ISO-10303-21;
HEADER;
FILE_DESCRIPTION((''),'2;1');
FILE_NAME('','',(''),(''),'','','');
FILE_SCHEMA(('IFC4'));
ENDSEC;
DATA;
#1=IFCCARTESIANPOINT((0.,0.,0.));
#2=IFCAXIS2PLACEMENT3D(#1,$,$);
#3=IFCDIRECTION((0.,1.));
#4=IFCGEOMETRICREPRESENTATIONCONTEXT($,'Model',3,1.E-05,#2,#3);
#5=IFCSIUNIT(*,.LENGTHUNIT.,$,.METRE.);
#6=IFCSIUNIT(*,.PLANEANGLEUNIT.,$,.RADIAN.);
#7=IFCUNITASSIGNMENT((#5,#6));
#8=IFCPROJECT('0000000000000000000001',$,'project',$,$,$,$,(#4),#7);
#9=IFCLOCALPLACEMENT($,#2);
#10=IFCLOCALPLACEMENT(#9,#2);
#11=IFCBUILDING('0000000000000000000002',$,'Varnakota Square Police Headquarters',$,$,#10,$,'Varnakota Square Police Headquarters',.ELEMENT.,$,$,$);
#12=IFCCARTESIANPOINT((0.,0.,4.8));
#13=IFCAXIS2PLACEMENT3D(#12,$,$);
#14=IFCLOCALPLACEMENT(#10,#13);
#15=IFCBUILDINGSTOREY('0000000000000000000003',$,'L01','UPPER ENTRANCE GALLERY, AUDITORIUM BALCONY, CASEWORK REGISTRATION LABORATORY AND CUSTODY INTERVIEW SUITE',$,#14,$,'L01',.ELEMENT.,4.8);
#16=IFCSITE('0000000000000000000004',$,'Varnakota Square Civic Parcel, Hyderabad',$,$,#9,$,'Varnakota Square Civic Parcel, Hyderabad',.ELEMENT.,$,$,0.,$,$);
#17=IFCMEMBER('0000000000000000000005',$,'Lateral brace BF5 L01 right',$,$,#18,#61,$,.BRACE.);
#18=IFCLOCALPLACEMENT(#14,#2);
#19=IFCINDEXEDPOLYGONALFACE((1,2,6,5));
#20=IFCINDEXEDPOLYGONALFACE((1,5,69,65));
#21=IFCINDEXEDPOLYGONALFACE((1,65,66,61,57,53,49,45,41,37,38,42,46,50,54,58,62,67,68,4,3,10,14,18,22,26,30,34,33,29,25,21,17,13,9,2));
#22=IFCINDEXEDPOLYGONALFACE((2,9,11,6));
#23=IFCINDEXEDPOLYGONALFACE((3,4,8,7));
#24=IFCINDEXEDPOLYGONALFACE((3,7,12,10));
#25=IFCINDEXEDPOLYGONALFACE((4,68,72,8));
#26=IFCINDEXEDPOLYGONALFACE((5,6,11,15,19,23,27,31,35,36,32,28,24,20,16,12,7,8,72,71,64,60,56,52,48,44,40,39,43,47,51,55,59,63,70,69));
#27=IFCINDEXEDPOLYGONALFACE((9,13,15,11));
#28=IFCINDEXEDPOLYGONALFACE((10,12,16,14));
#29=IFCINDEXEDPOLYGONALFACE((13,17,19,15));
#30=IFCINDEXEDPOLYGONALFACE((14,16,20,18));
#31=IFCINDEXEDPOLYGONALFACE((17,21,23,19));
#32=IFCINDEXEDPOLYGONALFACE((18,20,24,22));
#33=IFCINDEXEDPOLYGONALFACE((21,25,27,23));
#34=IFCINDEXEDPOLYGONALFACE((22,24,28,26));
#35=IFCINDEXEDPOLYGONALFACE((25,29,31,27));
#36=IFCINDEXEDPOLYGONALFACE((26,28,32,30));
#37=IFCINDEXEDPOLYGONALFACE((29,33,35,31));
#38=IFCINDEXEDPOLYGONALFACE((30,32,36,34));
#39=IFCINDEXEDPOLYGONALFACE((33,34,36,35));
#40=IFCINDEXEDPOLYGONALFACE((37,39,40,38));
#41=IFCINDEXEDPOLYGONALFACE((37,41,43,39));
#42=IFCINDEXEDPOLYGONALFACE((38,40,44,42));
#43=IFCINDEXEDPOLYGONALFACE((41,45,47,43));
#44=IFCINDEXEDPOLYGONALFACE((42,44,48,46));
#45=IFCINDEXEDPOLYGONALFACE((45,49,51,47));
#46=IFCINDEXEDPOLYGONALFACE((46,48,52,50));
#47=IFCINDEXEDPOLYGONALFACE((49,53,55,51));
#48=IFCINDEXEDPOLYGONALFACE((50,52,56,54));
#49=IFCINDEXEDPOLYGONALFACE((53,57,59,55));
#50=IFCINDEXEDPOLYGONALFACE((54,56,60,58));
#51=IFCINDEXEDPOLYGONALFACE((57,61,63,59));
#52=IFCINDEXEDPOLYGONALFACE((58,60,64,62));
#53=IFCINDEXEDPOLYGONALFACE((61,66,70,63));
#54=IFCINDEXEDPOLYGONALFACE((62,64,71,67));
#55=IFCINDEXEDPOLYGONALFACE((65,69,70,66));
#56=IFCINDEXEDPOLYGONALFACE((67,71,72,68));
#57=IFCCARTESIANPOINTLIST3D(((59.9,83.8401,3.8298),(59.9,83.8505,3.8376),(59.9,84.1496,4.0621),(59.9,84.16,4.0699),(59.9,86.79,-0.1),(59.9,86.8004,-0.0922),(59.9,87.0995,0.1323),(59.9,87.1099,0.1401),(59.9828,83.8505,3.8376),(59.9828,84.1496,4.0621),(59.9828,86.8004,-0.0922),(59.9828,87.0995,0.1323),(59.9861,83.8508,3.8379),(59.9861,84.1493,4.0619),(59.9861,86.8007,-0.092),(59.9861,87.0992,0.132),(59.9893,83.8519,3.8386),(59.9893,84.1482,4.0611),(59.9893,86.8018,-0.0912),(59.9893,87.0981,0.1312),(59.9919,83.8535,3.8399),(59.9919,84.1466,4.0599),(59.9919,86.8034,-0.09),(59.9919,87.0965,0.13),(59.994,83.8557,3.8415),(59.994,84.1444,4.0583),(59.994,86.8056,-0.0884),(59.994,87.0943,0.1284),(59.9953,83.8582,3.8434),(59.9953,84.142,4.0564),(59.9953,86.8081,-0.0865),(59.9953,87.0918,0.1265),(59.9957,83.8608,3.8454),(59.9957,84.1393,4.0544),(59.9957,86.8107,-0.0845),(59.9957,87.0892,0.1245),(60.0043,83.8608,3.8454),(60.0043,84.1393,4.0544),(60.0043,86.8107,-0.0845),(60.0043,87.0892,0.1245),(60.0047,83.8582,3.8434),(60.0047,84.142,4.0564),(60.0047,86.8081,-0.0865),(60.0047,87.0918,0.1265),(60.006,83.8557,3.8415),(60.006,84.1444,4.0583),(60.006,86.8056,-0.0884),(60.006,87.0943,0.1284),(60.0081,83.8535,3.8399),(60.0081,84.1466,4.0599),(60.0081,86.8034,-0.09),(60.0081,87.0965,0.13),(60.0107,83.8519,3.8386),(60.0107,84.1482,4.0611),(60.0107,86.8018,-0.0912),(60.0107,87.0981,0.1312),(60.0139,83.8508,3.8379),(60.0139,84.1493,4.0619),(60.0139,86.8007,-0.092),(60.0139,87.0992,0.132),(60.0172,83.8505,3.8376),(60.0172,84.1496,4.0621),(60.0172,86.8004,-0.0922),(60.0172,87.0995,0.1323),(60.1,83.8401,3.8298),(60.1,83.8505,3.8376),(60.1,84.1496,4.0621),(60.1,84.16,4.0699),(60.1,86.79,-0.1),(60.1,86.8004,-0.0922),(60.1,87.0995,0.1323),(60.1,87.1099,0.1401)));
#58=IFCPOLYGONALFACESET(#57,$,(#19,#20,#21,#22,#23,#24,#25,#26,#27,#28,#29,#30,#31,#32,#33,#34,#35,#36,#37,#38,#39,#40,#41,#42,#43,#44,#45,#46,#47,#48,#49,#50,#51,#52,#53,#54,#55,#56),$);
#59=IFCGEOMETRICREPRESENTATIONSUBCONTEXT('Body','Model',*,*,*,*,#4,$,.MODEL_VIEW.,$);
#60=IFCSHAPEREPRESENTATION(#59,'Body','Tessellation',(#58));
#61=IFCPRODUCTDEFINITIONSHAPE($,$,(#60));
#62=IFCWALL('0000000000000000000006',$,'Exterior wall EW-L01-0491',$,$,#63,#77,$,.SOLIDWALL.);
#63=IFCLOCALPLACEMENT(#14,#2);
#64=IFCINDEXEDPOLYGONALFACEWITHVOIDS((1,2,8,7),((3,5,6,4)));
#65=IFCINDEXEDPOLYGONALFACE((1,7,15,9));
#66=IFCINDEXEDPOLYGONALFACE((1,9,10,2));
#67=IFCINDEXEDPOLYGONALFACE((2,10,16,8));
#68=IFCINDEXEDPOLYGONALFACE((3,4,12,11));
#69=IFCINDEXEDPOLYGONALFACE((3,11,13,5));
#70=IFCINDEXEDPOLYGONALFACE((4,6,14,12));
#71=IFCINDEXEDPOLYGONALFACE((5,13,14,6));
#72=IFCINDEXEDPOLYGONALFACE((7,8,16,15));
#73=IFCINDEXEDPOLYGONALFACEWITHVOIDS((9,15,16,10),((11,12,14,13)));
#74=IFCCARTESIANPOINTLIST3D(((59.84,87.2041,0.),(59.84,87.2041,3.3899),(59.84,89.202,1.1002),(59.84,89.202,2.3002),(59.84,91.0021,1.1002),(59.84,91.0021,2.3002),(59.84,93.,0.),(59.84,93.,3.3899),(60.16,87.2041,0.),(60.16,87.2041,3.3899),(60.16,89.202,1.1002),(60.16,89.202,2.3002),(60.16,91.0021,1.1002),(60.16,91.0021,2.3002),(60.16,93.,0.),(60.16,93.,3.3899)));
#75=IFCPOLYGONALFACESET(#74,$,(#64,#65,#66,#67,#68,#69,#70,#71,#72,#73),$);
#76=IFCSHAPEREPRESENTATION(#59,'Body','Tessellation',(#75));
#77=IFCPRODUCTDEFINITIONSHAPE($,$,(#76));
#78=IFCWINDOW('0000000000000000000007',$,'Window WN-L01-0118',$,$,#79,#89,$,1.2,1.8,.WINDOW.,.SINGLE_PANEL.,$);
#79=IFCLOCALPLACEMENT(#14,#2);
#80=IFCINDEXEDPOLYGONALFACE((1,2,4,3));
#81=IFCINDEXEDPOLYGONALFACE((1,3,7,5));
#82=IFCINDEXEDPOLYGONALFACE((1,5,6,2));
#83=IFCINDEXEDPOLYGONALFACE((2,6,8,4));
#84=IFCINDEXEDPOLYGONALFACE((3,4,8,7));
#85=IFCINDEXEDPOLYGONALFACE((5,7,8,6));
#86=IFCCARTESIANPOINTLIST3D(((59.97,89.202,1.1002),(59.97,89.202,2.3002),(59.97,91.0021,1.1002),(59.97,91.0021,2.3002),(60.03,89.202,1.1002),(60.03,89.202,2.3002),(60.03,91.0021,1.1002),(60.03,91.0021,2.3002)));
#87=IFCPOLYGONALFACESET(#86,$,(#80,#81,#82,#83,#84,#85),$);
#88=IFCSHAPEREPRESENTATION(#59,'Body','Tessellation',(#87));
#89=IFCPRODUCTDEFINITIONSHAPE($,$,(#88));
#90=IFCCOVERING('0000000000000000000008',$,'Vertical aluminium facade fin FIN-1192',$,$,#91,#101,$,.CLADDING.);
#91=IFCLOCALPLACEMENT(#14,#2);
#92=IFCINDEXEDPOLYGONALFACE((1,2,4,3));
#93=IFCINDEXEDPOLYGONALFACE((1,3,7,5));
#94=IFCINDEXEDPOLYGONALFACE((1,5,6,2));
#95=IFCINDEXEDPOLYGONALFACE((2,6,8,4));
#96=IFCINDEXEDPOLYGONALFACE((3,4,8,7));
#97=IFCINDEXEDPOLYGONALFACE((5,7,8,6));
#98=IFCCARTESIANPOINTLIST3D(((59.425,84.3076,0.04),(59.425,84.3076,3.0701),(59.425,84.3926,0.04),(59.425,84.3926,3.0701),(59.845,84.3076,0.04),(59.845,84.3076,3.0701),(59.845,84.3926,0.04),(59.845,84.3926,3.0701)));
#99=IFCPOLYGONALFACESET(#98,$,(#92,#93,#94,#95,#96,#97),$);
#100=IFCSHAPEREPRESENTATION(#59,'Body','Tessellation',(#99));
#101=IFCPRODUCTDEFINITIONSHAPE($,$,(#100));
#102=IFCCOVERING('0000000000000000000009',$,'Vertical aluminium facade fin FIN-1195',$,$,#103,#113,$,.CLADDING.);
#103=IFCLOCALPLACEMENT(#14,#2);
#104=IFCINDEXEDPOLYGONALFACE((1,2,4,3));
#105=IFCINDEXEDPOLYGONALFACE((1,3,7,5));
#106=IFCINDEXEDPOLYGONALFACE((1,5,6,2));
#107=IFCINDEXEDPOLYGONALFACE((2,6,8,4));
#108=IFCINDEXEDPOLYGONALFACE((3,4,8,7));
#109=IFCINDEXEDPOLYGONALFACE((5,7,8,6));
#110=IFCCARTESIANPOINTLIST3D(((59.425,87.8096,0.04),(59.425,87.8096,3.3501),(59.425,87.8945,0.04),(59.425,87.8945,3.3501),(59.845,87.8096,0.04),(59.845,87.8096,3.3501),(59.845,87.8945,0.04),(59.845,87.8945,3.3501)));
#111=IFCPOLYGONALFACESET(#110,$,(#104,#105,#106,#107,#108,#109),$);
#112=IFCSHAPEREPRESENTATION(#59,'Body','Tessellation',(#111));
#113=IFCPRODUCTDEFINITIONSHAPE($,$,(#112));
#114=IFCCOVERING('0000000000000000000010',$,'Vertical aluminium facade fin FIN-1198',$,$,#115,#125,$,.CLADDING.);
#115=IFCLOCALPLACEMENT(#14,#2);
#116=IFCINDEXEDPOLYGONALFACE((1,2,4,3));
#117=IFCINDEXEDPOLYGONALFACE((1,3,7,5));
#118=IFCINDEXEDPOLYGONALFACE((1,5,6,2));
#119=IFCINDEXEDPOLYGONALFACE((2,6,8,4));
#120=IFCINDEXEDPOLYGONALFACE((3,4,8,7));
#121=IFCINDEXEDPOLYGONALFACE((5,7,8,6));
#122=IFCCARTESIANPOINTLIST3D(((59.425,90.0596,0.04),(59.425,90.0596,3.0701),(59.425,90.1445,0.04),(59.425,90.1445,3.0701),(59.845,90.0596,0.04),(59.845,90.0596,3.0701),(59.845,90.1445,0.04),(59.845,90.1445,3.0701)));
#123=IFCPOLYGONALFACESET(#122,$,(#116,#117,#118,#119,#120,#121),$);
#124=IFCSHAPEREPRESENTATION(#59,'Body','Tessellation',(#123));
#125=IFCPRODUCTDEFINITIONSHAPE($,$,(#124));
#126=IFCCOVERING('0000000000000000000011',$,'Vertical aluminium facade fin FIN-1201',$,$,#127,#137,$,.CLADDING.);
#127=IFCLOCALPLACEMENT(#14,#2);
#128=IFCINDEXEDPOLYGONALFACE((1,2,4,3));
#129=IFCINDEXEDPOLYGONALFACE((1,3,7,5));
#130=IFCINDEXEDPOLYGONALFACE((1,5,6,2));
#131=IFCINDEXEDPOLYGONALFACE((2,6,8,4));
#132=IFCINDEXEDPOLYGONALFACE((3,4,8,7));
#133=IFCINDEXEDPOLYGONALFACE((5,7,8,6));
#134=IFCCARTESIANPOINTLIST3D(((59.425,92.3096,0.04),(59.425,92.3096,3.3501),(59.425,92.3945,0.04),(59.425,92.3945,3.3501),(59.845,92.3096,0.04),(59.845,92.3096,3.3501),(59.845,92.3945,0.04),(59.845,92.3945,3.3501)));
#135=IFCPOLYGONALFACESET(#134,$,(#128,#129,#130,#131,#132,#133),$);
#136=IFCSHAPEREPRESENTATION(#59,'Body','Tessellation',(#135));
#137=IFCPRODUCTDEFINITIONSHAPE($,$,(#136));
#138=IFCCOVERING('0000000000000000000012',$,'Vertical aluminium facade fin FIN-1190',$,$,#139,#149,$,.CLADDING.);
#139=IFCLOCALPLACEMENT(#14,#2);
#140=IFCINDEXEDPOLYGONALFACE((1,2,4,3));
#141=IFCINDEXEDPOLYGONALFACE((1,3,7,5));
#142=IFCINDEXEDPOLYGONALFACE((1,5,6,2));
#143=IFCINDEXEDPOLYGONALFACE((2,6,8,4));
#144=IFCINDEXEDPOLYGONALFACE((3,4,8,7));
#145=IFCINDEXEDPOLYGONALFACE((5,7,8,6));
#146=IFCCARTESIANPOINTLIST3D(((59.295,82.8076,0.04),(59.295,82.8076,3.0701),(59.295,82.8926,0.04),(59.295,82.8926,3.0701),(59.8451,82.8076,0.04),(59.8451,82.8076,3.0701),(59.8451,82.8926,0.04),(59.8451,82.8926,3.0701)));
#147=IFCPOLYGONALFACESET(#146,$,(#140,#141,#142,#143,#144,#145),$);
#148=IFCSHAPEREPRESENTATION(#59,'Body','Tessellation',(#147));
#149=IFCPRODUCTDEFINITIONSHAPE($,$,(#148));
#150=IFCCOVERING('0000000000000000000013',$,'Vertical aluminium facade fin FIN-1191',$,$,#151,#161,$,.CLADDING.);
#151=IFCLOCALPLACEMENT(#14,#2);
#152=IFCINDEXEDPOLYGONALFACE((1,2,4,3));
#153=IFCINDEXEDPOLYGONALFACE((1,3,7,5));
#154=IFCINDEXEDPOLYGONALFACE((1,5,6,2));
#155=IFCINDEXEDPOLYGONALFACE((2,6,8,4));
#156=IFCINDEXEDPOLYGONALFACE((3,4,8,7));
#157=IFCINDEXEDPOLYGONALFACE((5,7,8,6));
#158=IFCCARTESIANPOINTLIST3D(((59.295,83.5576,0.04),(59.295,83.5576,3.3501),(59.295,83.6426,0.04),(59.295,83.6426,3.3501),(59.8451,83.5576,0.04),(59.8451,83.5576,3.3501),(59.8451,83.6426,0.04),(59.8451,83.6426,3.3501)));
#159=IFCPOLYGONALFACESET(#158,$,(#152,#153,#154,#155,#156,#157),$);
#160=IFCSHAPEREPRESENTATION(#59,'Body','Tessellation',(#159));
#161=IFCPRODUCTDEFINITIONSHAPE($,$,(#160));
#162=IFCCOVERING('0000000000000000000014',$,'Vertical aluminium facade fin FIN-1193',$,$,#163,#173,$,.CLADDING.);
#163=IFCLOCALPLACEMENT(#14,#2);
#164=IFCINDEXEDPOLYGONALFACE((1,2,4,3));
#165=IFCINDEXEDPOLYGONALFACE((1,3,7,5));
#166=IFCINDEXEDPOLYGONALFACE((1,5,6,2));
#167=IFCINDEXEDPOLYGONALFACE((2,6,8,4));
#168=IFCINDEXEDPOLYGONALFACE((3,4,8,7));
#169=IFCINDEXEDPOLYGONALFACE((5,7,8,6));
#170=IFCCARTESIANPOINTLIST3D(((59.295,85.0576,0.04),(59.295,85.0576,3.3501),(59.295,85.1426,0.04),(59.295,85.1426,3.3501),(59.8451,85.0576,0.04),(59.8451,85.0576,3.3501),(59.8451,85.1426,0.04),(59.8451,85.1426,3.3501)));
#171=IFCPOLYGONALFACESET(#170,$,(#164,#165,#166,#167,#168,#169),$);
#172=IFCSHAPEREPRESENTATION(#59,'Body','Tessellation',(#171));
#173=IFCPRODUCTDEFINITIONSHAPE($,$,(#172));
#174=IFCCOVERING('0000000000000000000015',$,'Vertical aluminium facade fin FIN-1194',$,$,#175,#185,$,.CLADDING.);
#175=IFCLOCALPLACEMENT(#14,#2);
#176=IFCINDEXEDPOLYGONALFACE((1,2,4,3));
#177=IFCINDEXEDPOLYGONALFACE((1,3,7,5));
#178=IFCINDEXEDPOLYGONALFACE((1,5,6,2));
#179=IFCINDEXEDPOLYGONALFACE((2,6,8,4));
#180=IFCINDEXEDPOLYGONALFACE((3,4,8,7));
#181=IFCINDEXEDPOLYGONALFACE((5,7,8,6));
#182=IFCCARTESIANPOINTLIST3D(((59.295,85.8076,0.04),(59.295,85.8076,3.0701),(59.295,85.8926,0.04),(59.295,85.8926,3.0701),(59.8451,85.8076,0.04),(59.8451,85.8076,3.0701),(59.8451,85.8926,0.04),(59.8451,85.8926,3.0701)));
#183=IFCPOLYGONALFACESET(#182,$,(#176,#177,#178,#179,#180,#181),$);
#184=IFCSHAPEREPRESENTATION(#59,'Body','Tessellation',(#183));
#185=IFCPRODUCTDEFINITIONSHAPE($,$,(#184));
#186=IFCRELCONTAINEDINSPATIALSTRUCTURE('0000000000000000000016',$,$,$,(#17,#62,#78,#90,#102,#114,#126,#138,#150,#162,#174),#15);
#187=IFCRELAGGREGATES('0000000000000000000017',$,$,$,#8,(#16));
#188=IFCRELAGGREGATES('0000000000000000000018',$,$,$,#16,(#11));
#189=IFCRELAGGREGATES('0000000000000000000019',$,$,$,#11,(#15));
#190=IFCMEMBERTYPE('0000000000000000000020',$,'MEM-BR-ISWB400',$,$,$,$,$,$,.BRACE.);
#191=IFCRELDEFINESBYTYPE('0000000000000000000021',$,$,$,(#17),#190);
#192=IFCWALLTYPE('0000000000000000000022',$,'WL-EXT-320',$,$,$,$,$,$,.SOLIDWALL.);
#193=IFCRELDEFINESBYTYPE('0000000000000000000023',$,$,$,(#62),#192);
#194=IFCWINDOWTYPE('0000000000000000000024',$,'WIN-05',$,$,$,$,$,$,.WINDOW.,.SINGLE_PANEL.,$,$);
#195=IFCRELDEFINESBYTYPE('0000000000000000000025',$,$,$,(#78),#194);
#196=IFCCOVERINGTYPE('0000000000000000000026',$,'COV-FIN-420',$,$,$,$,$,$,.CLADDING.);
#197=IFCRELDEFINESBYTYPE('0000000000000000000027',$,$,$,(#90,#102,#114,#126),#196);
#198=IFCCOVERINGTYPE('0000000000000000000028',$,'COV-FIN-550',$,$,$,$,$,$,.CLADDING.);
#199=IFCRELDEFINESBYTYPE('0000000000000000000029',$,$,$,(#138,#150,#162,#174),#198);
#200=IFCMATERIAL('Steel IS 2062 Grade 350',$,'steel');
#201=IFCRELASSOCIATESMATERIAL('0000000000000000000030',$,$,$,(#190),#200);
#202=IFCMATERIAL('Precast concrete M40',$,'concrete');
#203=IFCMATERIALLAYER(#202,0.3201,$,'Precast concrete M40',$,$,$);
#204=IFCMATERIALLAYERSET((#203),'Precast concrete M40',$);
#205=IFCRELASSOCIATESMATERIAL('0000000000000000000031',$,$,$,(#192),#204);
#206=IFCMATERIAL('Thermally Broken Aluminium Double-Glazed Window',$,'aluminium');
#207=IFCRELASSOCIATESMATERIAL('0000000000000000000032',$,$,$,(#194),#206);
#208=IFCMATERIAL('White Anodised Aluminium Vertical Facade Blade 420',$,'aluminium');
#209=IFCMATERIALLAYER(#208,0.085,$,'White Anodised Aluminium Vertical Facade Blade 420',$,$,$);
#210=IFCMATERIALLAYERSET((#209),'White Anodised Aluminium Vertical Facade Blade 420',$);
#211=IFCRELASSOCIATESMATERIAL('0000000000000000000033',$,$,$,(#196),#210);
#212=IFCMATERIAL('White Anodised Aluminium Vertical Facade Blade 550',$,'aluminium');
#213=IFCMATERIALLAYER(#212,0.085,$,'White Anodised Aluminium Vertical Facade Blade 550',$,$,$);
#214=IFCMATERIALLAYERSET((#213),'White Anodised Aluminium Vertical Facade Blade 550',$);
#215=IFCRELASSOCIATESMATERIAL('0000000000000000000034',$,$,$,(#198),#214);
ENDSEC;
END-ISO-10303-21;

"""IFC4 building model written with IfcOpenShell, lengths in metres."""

from ifc_helpers import new_model, si_unit, direction, frame, frame_2d, origin, origin_2d, place, context, subcontext, project, spatial, rectangle, i_section, extrude, material, layer, layer_set, material_profile, profile_set, type_object, element, fill, save


model = new_model("IFC4")

# Units and contexts
model_context = context("Model", 3, precision=1e-05, world=origin(), true_north=direction((0.0, 1.0)))
body_context = subcontext(model_context, "Body", "Model", "MODEL_VIEW")
ifc_project = project(units=[si_unit("LENGTHUNIT", "METRE"), si_unit("PLANEANGLEUNIT", "RADIAN")], contexts=[model_context])

# Site, building, storey
site_placement = place(None, origin())
site = spatial("IfcSite", under=ifc_project, at=site_placement, Name="Varnakota Square Civic Parcel, Hyderabad", LongName="Varnakota Square Civic Parcel, Hyderabad", CompositionType="ELEMENT", RefElevation=0.0)
building_placement = place(site_placement, origin())
building = spatial("IfcBuilding", under=site, at=building_placement, Name="Varnakota Square Police Headquarters", LongName="Varnakota Square Police Headquarters", CompositionType="ELEMENT")
storey_placement = place(building_placement, frame((0.0, 0.0, 4.8)))
storey = spatial("IfcBuildingStorey", under=building, at=storey_placement, Name="L01", Description="UPPER ENTRANCE GALLERY, AUDITORIUM BALCONY, CASEWORK REGISTRATION LABORATORY AND CUSTODY INTERVIEW SUITE", LongName="L01", CompositionType="ELEMENT", Elevation=4.8)

# Shared definitions
ifc_material_1 = material(Name="Steel IS 2062 Grade 350", Category="steel")

# Member
ifc_material_profile_1 = material_profile(ifc_material_1, i_section(OverallWidth=0.2, OverallDepth=0.3999, WebThickness=0.0085, FlangeThickness=0.0129, FilletRadius=0.0129, at=origin_2d()), Name="ISWB 400")
ifc_profile_set_1 = profile_set([ifc_material_profile_1], Name="Steel IS 2062 Grade 350")
member_type = type_object("IfcMemberType", Name="MEM-BR-ISWB400", PredefinedType="BRACE", material=ifc_profile_set_1)
member_placement = place(storey_placement, frame((60.0, 86.95, 0.02), z_axis=(0.0, -0.600326, 0.799755), x_axis=(1.0, 0.0, 0.0)))
element("IfcMember", 1, at=member_placement, inside=storey, type_object=member_type, Name="Lateral brace BF5 L01 right", PredefinedType="BRACE", context=body_context, shape_type="SweptSolid", body=[
    extrude(i_section(OverallWidth=0.2, OverallDepth=0.3999, WebThickness=0.0085, FlangeThickness=0.0129, FilletRadius=0.0129, at=origin_2d()), origin(), (0.0, 0.0, 1.0), 4.9138),
])

# Wall, opening, window
ifc_material_2 = material(Name="Precast concrete M40", Category="concrete")
ifc_layer_1 = layer(ifc_material_2, 0.3201, Name="Precast concrete M40")
ifc_layer_set_1 = layer_set([ifc_layer_1], Name="Precast concrete M40")
wall_type = type_object("IfcWallType", Name="WL-EXT-320", PredefinedType="SOLIDWALL", material=ifc_layer_set_1)
wall_placement = place(storey_placement, frame((60.0, 87.2041, 0.0), z_axis=(0.0, 0.0, 1.0), x_axis=(0.0, 1.0, 0.0)))
wall = element("IfcWall", 2, at=wall_placement, inside=storey, type_object=wall_type, Name="Exterior wall EW-L01-0491", PredefinedType="SOLIDWALL", context=body_context, shape_type="SweptSolid", body=[
    extrude(rectangle(XDim=5.7959, YDim=0.3201, at=frame_2d((2.8979, 0.0))), origin(), (0.0, 0.0, 1.0), 3.3899),
])
opening_placement = place(wall_placement, frame((1.998, 0.0, 1.1001)))
opening = element("IfcOpeningElement", 3, at=opening_placement, cuts=wall, PredefinedType="OPENING", context=body_context, shape_type="SweptSolid", body=[
    extrude(rectangle(XDim=1.8, YDim=1.2, at=frame_2d((0.8999, 0.6001))), frame((0.0, 0.1699, 0.0), z_axis=(0.0, -1.0, 0.0), x_axis=(1.0, 0.0, 0.0)), (0.0, 0.0, 1.0), 0.3401),
])
ifc_material_3 = material(Name="Thermally Broken Aluminium Double-Glazed Window", Category="aluminium")
window_type = type_object("IfcWindowType", Name="WIN-05", PartitioningType="SINGLE_PANEL", PredefinedType="WINDOW", material=ifc_material_3)
window_placement = place(opening_placement, origin())
window = element("IfcWindow", 4, at=window_placement, inside=storey, type_object=window_type, Name="Window WN-L01-0118", OverallHeight=1.2, OverallWidth=1.8, PartitioningType="SINGLE_PANEL", PredefinedType="WINDOW", context=body_context, shape_type="SweptSolid", body=[
    extrude(rectangle(XDim=1.8, YDim=1.2, at=frame_2d((0.8999, 0.6001))), frame((0.0, 0.03, 0.0), z_axis=(0.0, -1.0, 0.0), x_axis=(1.0, 0.0, 0.0)), (0.0, 0.0, 1.0), 0.0601),
])
fill(opening, window)

# Coverings
ifc_material_4 = material(Name="White Anodised Aluminium Vertical Facade Blade 420", Category="aluminium")
ifc_layer_2 = layer(ifc_material_4, 0.085, Name="White Anodised Aluminium Vertical Facade Blade 420")
ifc_layer_set_2 = layer_set([ifc_layer_2], Name="White Anodised Aluminium Vertical Facade Blade 420")
covering_type_1 = type_object("IfcCoveringType", Name="COV-FIN-420", PredefinedType="CLADDING", material=ifc_layer_set_2)
covering_1_placement = place(storey_placement, frame((59.635, 84.3501, 0.04), z_axis=(0.0, 0.0, 1.0), x_axis=(0.0, 1.0, 0.0)))
element("IfcCovering", 5, at=covering_1_placement, inside=storey, type_object=covering_type_1, Name="Vertical aluminium facade fin FIN-1192", PredefinedType="CLADDING", context=body_context, shape_type="SweptSolid", body=[
    extrude(rectangle(XDim=0.085, YDim=0.4199, at=origin_2d()), origin(), (0.0, 0.0, 1.0), 3.03),
])
covering_2_placement = place(storey_placement, frame((59.635, 87.8521, 0.04), z_axis=(0.0, 0.0, 1.0), x_axis=(0.0, 1.0, 0.0)))
element("IfcCovering", 6, at=covering_2_placement, inside=storey, type_object=covering_type_1, Name="Vertical aluminium facade fin FIN-1195", PredefinedType="CLADDING", context=body_context, shape_type="SweptSolid", body=[
    extrude(rectangle(XDim=0.085, YDim=0.4199, at=origin_2d()), origin(), (0.0, 0.0, 1.0), 3.3101),
])
covering_3_placement = place(storey_placement, frame((59.635, 90.1021, 0.04), z_axis=(0.0, 0.0, 1.0), x_axis=(0.0, 1.0, 0.0)))
element("IfcCovering", 7, at=covering_3_placement, inside=storey, type_object=covering_type_1, Name="Vertical aluminium facade fin FIN-1198", PredefinedType="CLADDING", context=body_context, shape_type="SweptSolid", body=[
    extrude(rectangle(XDim=0.085, YDim=0.4199, at=origin_2d()), origin(), (0.0, 0.0, 1.0), 3.03),
])
covering_4_placement = place(storey_placement, frame((59.635, 92.3521, 0.04), z_axis=(0.0, 0.0, 1.0), x_axis=(0.0, 1.0, 0.0)))
element("IfcCovering", 8, at=covering_4_placement, inside=storey, type_object=covering_type_1, Name="Vertical aluminium facade fin FIN-1201", PredefinedType="CLADDING", context=body_context, shape_type="SweptSolid", body=[
    extrude(rectangle(XDim=0.085, YDim=0.4199, at=origin_2d()), origin(), (0.0, 0.0, 1.0), 3.3101),
])
ifc_material_5 = material(Name="White Anodised Aluminium Vertical Facade Blade 550", Category="aluminium")
ifc_layer_3 = layer(ifc_material_5, 0.085, Name="White Anodised Aluminium Vertical Facade Blade 550")
ifc_layer_set_3 = layer_set([ifc_layer_3], Name="White Anodised Aluminium Vertical Facade Blade 550")
covering_type_2 = type_object("IfcCoveringType", Name="COV-FIN-550", PredefinedType="CLADDING", material=ifc_layer_set_3)
covering_5_placement = place(storey_placement, frame((59.5701, 82.8501, 0.04), z_axis=(0.0, 0.0, 1.0), x_axis=(0.0, 1.0, 0.0)))
element("IfcCovering", 9, at=covering_5_placement, inside=storey, type_object=covering_type_2, Name="Vertical aluminium facade fin FIN-1190", PredefinedType="CLADDING", context=body_context, shape_type="SweptSolid", body=[
    extrude(rectangle(XDim=0.085, YDim=0.55, at=origin_2d()), origin(), (0.0, 0.0, 1.0), 3.03),
])
for number, where, z_axis, x_axis, name in (
    (10, (59.5701, 83.6001, 0.04), (0.0, 0.0, 1.0), (0.0, 1.0, 0.0), "Vertical aluminium facade fin FIN-1191"),
    (11, (59.5701, 85.1001, 0.04), (0.0, 0.0, 1.0), (0.0, 1.0, 0.0), "Vertical aluminium facade fin FIN-1193"),
):
    element("IfcCovering", number, at=place(storey_placement, frame(where, z_axis=z_axis, x_axis=x_axis)), inside=storey, type_object=covering_type_2, Name=name, PredefinedType="CLADDING", context=body_context, shape_type="SweptSolid", body=[
        extrude(rectangle(XDim=0.085, YDim=0.55, at=origin_2d()), origin(), (0.0, 0.0, 1.0), 3.3101),
    ])
for number, where, z_axis, x_axis, name in (
    (12, (59.5701, 85.8501, 0.04), (0.0, 0.0, 1.0), (0.0, 1.0, 0.0), "Vertical aluminium facade fin FIN-1194"),
):
    element("IfcCovering", number, at=place(storey_placement, frame(where, z_axis=z_axis, x_axis=x_axis)), inside=storey, type_object=covering_type_2, Name=name, PredefinedType="CLADDING", context=body_context, shape_type="SweptSolid", body=[
        extrude(rectangle(XDim=0.085, YDim=0.55, at=origin_2d()), origin(), (0.0, 0.0, 1.0), 3.03),
    ])

save(model, "model.ifc")
